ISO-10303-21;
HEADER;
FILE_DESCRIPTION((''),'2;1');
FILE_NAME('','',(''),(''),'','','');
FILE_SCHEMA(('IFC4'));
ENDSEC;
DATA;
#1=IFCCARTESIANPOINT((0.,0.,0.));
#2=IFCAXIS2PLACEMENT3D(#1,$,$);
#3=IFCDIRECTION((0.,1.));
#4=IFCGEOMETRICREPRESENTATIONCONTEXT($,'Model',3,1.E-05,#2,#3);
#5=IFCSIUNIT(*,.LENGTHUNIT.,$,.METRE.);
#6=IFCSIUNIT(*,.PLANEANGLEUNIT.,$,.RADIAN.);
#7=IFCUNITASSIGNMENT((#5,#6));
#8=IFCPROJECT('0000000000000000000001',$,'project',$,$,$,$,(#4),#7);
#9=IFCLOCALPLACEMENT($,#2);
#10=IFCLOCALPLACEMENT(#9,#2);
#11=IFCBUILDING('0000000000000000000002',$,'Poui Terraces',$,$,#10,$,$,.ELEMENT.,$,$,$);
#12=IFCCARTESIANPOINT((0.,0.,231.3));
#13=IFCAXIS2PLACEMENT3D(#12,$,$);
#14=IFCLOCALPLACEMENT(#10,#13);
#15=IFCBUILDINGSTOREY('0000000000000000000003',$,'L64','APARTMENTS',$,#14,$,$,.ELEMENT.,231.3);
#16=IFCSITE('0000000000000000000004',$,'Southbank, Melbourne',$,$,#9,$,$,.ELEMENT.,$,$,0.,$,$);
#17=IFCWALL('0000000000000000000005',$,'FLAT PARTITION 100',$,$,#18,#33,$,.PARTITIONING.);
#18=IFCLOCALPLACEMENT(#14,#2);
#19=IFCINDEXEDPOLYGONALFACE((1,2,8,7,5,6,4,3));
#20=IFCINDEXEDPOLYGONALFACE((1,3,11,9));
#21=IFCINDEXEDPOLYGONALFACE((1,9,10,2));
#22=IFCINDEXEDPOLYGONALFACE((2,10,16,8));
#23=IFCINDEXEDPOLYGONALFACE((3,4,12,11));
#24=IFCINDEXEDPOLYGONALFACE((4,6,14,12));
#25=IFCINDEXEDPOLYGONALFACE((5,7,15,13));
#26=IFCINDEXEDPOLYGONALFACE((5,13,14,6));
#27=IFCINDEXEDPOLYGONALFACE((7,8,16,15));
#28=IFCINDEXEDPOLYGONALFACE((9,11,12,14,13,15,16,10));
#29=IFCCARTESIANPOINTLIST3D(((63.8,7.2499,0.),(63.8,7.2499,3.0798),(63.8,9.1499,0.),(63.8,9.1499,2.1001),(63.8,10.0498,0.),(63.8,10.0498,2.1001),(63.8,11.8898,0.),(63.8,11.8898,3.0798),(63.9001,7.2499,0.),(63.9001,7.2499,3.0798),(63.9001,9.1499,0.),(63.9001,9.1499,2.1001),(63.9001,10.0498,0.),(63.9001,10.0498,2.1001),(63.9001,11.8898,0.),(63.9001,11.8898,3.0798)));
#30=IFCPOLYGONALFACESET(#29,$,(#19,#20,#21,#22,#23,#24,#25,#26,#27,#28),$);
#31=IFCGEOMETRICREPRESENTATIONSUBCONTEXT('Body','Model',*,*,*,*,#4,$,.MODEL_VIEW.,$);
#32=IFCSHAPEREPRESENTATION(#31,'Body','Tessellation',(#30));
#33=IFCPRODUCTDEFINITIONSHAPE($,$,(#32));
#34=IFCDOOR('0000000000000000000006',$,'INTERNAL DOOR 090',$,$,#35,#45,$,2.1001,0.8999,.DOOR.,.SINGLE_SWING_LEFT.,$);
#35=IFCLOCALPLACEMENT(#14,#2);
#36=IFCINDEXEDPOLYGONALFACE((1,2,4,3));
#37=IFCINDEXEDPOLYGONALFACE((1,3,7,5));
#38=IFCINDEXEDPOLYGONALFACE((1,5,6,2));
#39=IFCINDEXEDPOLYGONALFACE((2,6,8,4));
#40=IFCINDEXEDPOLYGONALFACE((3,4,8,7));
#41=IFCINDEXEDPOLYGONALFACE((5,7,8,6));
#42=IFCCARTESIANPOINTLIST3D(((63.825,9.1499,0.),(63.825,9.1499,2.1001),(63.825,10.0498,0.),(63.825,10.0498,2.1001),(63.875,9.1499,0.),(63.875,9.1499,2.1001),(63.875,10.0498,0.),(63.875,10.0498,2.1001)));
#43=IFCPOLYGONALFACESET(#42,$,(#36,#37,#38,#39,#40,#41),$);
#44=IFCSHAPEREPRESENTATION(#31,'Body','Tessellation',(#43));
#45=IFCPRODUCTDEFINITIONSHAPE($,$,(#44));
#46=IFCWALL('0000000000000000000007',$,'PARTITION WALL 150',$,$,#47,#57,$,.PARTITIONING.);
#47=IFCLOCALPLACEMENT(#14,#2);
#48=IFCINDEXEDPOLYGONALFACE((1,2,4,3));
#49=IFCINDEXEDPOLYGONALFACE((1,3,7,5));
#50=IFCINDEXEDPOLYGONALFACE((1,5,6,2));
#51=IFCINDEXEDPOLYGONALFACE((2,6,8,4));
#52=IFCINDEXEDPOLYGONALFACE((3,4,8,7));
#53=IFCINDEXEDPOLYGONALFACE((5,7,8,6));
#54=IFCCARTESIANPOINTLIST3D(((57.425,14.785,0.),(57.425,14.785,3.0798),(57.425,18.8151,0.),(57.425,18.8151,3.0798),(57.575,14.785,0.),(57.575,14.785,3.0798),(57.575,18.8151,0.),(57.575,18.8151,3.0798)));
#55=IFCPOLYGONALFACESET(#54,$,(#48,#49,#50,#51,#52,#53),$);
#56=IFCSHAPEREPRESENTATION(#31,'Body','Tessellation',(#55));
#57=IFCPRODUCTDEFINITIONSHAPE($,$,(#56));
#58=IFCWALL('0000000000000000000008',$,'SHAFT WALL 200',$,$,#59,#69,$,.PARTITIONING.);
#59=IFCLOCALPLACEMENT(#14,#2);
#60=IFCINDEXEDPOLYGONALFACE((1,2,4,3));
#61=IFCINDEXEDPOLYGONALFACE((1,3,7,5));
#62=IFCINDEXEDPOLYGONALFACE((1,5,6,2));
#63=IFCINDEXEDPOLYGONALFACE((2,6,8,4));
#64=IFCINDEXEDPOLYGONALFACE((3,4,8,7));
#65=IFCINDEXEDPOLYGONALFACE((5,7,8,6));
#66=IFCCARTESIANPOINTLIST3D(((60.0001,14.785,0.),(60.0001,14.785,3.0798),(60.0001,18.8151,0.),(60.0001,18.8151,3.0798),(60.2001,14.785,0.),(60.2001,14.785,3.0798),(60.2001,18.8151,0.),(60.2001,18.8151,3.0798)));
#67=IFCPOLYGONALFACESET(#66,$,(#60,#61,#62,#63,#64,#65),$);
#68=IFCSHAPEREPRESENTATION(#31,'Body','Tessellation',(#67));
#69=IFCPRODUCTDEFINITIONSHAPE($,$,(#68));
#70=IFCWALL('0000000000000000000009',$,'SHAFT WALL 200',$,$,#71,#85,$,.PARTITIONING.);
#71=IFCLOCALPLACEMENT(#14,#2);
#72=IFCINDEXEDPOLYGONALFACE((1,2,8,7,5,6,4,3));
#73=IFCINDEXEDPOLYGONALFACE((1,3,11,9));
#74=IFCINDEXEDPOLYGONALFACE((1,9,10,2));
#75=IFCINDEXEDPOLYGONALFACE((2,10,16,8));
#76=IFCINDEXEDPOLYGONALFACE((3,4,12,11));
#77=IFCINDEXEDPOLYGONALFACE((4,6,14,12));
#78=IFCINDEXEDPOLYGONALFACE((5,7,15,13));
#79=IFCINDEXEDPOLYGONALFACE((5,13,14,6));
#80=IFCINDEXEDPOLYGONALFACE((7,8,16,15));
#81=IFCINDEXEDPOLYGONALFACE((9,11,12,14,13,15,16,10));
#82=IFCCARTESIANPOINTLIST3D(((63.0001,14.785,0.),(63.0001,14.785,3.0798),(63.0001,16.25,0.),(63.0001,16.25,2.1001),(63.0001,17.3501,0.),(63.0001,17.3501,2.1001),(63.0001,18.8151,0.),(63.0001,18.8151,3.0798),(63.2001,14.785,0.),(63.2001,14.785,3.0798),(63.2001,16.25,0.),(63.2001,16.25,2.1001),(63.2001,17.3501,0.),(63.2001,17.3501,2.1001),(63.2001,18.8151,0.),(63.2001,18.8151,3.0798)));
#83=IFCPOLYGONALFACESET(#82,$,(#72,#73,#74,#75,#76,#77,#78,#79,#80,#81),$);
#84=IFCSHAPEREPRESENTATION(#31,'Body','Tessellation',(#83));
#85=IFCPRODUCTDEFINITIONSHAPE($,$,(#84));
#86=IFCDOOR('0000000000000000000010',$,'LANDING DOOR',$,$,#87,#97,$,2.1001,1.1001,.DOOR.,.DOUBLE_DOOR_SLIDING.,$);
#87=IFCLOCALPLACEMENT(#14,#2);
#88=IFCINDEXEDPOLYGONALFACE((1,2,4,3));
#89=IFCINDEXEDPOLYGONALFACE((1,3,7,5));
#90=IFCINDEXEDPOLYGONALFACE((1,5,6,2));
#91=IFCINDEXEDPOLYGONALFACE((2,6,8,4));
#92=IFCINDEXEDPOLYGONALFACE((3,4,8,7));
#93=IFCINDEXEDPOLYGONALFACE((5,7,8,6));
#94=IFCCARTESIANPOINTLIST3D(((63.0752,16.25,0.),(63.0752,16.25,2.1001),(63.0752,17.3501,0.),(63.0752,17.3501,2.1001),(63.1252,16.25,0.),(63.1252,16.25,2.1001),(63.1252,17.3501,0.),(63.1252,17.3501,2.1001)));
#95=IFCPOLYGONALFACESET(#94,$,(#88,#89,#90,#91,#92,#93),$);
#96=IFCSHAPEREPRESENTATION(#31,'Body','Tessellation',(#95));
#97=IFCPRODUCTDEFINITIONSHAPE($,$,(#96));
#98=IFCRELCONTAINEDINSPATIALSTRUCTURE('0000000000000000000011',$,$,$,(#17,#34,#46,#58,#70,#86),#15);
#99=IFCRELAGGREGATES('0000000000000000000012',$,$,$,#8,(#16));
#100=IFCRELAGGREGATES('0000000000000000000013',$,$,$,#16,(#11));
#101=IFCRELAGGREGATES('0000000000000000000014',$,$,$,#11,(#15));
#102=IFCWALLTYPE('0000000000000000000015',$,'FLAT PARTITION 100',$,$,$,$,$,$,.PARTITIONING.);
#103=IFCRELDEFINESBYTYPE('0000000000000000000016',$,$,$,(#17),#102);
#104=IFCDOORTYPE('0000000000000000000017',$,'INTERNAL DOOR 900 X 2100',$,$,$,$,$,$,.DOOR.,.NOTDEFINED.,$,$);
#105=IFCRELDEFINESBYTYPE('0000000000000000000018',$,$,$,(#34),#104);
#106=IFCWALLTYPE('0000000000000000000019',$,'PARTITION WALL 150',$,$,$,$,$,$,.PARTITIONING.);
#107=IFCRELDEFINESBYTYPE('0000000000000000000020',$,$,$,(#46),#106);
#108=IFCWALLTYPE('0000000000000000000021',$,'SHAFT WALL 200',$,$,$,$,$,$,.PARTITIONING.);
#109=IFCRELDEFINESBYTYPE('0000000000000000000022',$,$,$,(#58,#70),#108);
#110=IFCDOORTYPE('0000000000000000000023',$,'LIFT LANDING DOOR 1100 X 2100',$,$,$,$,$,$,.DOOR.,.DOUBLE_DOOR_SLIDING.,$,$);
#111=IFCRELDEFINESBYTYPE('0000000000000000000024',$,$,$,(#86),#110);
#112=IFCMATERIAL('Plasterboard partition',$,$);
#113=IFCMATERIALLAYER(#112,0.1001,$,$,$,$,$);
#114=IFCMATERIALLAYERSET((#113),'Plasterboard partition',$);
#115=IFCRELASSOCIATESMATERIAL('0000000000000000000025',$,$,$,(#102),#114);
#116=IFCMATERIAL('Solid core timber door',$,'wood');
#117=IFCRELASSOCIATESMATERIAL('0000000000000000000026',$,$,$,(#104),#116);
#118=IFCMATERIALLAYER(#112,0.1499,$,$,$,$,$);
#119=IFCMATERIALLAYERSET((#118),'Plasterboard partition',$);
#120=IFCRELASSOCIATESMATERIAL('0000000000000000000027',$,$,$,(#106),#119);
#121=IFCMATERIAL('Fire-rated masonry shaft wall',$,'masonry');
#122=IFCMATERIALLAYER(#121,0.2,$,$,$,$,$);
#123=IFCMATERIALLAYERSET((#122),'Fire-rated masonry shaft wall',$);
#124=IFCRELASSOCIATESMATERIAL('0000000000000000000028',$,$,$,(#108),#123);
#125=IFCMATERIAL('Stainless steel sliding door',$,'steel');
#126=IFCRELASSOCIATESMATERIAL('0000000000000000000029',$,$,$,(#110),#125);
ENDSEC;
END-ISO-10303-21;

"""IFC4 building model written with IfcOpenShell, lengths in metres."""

from ifc_helpers import new_model, si_unit, direction, frame, frame_2d, origin, place, context, subcontext, project, spatial, rectangle, extrude, material, layer, layer_set, type_object, element, fill, save


model = new_model("IFC4")

# Units and contexts
model_context = context("Model", 3, precision=1e-05, world=origin(), true_north=direction((0.0, 1.0)))
body_context = subcontext(model_context, "Body", "Model", "MODEL_VIEW")
ifc_project = project(units=[si_unit("LENGTHUNIT", "METRE"), si_unit("PLANEANGLEUNIT", "RADIAN")], contexts=[model_context])

# Site, building, storey
site_placement = place(None, origin())
site = spatial("IfcSite", under=ifc_project, at=site_placement, Name="Southbank, Melbourne", CompositionType="ELEMENT", RefElevation=0.0)
building_placement = place(site_placement, origin())
building = spatial("IfcBuilding", under=site, at=building_placement, Name="Poui Terraces", CompositionType="ELEMENT")
storey_placement = place(building_placement, frame((0.0, 0.0, 231.3)))
storey = spatial("IfcBuildingStorey", under=building, at=storey_placement, Name="L64", Description="APARTMENTS", CompositionType="ELEMENT", Elevation=231.3)

# Shared definitions
ifc_material_1 = material(Name="Plasterboard partition")
ifc_layer_1 = layer(ifc_material_1, 0.1001)
ifc_layer_set_1 = layer_set([ifc_layer_1], Name="Plasterboard partition")
wall_type_1 = type_object("IfcWallType", Name="FLAT PARTITION 100", PredefinedType="PARTITIONING", material=ifc_layer_set_1)
ifc_material_2 = material(Name="Solid core timber door", Category="wood")
door_type_1 = type_object("IfcDoorType", Name="INTERNAL DOOR 900 X 2100", OperationType="NOTDEFINED", PredefinedType="DOOR", material=ifc_material_2)

# Wall, opening, door
wall_1_placement = place(storey_placement, frame((63.8501, 7.25, 0.0), z_axis=(0.0, 0.0, 1.0), x_axis=(0.0, 1.0, 0.0)))
wall_1 = element("IfcWall", 1, at=wall_1_placement, inside=storey, type_object=wall_type_1, Name="FLAT PARTITION 100", PredefinedType="PARTITIONING", context=body_context, shape_type="SweptSolid", body=[
    extrude(rectangle(XDim=4.6399, YDim=0.1001, at=frame_2d((2.3198, 0.0))), origin(), (0.0, 0.0, 1.0), 3.0798),
])
opening_1_placement = place(wall_1_placement, frame((1.8999, 0.0, 0.0)))
opening_1 = element("IfcOpeningElement", 2, at=opening_1_placement, cuts=wall_1, PredefinedType="OPENING", context=body_context, shape_type="SweptSolid", body=[
    extrude(rectangle(XDim=0.8999, YDim=2.1001, at=frame_2d((0.45, 1.05))), frame((0.0, 0.0601, 0.0), z_axis=(0.0, -1.0, 0.0), x_axis=(1.0, 0.0, 0.0)), (0.0, 0.0, 1.0), 0.1201),
])
door_1_placement = place(opening_1_placement, frame((0.8999, 0.0, 0.0), z_axis=(0.0, 0.0, 1.0), x_axis=(-1.0, 0.0, 0.0)))
door_1 = element("IfcDoor", 3, at=door_1_placement, inside=storey, type_object=door_type_1, Name="INTERNAL DOOR 090", OperationType="SINGLE_SWING_LEFT", OverallHeight=2.1001, OverallWidth=0.8999, PredefinedType="DOOR", context=body_context, shape_type="SweptSolid", body=[
    extrude(rectangle(XDim=0.8999, YDim=2.1001, at=frame_2d((0.45, 1.05))), frame((0.0, 0.0249, 0.0), z_axis=(0.0, -1.0, 0.0), x_axis=(1.0, 0.0, 0.0)), (0.0, 0.0, 1.0), 0.05),
])
fill(opening_1, door_1)

# Walls
ifc_layer_2 = layer(ifc_material_1, 0.1499)
ifc_layer_set_2 = layer_set([ifc_layer_2], Name="Plasterboard partition")
wall_type_2 = type_object("IfcWallType", Name="PARTITION WALL 150", PredefinedType="PARTITIONING", material=ifc_layer_set_2)
wall_2_placement = place(storey_placement, frame((57.5, 14.7849, 0.0), z_axis=(0.0, 0.0, 1.0), x_axis=(0.0, 1.0, 0.0)))
element("IfcWall", 4, at=wall_2_placement, inside=storey, type_object=wall_type_2, Name="PARTITION WALL 150", PredefinedType="PARTITIONING", context=body_context, shape_type="SweptSolid", body=[
    extrude(rectangle(XDim=4.03, YDim=0.1499, at=frame_2d((2.0151, 0.0))), origin(), (0.0, 0.0, 1.0), 3.0798),
])
ifc_material_3 = material(Name="Fire-rated masonry shaft wall", Category="masonry")
ifc_layer_3 = layer(ifc_material_3, 0.2)
ifc_layer_set_3 = layer_set([ifc_layer_3], Name="Fire-rated masonry shaft wall")
wall_type_3 = type_object("IfcWallType", Name="SHAFT WALL 200", PredefinedType="PARTITIONING", material=ifc_layer_set_3)
wall_3_placement = place(storey_placement, frame((60.1001, 14.7849, 0.0), z_axis=(0.0, 0.0, 1.0), x_axis=(0.0, 1.0, 0.0)))
element("IfcWall", 5, at=wall_3_placement, inside=storey, type_object=wall_type_3, Name="SHAFT WALL 200", PredefinedType="PARTITIONING", context=body_context, shape_type="SweptSolid", body=[
    extrude(rectangle(XDim=4.03, YDim=0.2, at=frame_2d((2.0151, 0.0))), origin(), (0.0, 0.0, 1.0), 3.0798),
])

# Wall, opening, door
wall_4_placement = place(storey_placement, frame((63.1001, 14.7849, 0.0), z_axis=(0.0, 0.0, 1.0), x_axis=(0.0, 1.0, 0.0)))
wall_4 = element("IfcWall", 6, at=wall_4_placement, inside=storey, type_object=wall_type_3, Name="SHAFT WALL 200", PredefinedType="PARTITIONING", context=body_context, shape_type="SweptSolid", body=[
    extrude(rectangle(XDim=4.03, YDim=0.2, at=frame_2d((2.0151, 0.0))), origin(), (0.0, 0.0, 1.0), 3.0798),
])
opening_2_placement = place(wall_4_placement, frame((1.4651, 0.0, 0.0)))
opening_2 = element("IfcOpeningElement", 7, at=opening_2_placement, cuts=wall_4, PredefinedType="OPENING", context=body_context, shape_type="SweptSolid", body=[
    extrude(rectangle(XDim=1.1001, YDim=2.1001, at=frame_2d((0.55, 1.05))), frame((0.0, 0.1099, 0.0), z_axis=(0.0, -1.0, 0.0), x_axis=(1.0, 0.0, 0.0)), (0.0, 0.0, 1.0), 0.22),
])
ifc_material_4 = material(Name="Stainless steel sliding door", Category="steel")
door_type_2 = type_object("IfcDoorType", Name="LIFT LANDING DOOR 1100 X 2100", OperationType="DOUBLE_DOOR_SLIDING", PredefinedType="DOOR", material=ifc_material_4)
door_2_placement = place(opening_2_placement, origin())
door_2 = element("IfcDoor", 8, at=door_2_placement, inside=storey, type_object=door_type_2, Name="LANDING DOOR", OperationType="DOUBLE_DOOR_SLIDING", OverallHeight=2.1001, OverallWidth=1.1001, PredefinedType="DOOR", context=body_context, shape_type="SweptSolid", body=[
    extrude(rectangle(XDim=1.1001, YDim=2.1001, at=frame_2d((0.55, 1.05))), frame((0.0, 0.0249, 0.0), z_axis=(0.0, -1.0, 0.0), x_axis=(1.0, 0.0, 0.0)), (0.0, 0.0, 1.0), 0.05),
])
fill(opening_2, door_2)

save(model, "model.ifc")
